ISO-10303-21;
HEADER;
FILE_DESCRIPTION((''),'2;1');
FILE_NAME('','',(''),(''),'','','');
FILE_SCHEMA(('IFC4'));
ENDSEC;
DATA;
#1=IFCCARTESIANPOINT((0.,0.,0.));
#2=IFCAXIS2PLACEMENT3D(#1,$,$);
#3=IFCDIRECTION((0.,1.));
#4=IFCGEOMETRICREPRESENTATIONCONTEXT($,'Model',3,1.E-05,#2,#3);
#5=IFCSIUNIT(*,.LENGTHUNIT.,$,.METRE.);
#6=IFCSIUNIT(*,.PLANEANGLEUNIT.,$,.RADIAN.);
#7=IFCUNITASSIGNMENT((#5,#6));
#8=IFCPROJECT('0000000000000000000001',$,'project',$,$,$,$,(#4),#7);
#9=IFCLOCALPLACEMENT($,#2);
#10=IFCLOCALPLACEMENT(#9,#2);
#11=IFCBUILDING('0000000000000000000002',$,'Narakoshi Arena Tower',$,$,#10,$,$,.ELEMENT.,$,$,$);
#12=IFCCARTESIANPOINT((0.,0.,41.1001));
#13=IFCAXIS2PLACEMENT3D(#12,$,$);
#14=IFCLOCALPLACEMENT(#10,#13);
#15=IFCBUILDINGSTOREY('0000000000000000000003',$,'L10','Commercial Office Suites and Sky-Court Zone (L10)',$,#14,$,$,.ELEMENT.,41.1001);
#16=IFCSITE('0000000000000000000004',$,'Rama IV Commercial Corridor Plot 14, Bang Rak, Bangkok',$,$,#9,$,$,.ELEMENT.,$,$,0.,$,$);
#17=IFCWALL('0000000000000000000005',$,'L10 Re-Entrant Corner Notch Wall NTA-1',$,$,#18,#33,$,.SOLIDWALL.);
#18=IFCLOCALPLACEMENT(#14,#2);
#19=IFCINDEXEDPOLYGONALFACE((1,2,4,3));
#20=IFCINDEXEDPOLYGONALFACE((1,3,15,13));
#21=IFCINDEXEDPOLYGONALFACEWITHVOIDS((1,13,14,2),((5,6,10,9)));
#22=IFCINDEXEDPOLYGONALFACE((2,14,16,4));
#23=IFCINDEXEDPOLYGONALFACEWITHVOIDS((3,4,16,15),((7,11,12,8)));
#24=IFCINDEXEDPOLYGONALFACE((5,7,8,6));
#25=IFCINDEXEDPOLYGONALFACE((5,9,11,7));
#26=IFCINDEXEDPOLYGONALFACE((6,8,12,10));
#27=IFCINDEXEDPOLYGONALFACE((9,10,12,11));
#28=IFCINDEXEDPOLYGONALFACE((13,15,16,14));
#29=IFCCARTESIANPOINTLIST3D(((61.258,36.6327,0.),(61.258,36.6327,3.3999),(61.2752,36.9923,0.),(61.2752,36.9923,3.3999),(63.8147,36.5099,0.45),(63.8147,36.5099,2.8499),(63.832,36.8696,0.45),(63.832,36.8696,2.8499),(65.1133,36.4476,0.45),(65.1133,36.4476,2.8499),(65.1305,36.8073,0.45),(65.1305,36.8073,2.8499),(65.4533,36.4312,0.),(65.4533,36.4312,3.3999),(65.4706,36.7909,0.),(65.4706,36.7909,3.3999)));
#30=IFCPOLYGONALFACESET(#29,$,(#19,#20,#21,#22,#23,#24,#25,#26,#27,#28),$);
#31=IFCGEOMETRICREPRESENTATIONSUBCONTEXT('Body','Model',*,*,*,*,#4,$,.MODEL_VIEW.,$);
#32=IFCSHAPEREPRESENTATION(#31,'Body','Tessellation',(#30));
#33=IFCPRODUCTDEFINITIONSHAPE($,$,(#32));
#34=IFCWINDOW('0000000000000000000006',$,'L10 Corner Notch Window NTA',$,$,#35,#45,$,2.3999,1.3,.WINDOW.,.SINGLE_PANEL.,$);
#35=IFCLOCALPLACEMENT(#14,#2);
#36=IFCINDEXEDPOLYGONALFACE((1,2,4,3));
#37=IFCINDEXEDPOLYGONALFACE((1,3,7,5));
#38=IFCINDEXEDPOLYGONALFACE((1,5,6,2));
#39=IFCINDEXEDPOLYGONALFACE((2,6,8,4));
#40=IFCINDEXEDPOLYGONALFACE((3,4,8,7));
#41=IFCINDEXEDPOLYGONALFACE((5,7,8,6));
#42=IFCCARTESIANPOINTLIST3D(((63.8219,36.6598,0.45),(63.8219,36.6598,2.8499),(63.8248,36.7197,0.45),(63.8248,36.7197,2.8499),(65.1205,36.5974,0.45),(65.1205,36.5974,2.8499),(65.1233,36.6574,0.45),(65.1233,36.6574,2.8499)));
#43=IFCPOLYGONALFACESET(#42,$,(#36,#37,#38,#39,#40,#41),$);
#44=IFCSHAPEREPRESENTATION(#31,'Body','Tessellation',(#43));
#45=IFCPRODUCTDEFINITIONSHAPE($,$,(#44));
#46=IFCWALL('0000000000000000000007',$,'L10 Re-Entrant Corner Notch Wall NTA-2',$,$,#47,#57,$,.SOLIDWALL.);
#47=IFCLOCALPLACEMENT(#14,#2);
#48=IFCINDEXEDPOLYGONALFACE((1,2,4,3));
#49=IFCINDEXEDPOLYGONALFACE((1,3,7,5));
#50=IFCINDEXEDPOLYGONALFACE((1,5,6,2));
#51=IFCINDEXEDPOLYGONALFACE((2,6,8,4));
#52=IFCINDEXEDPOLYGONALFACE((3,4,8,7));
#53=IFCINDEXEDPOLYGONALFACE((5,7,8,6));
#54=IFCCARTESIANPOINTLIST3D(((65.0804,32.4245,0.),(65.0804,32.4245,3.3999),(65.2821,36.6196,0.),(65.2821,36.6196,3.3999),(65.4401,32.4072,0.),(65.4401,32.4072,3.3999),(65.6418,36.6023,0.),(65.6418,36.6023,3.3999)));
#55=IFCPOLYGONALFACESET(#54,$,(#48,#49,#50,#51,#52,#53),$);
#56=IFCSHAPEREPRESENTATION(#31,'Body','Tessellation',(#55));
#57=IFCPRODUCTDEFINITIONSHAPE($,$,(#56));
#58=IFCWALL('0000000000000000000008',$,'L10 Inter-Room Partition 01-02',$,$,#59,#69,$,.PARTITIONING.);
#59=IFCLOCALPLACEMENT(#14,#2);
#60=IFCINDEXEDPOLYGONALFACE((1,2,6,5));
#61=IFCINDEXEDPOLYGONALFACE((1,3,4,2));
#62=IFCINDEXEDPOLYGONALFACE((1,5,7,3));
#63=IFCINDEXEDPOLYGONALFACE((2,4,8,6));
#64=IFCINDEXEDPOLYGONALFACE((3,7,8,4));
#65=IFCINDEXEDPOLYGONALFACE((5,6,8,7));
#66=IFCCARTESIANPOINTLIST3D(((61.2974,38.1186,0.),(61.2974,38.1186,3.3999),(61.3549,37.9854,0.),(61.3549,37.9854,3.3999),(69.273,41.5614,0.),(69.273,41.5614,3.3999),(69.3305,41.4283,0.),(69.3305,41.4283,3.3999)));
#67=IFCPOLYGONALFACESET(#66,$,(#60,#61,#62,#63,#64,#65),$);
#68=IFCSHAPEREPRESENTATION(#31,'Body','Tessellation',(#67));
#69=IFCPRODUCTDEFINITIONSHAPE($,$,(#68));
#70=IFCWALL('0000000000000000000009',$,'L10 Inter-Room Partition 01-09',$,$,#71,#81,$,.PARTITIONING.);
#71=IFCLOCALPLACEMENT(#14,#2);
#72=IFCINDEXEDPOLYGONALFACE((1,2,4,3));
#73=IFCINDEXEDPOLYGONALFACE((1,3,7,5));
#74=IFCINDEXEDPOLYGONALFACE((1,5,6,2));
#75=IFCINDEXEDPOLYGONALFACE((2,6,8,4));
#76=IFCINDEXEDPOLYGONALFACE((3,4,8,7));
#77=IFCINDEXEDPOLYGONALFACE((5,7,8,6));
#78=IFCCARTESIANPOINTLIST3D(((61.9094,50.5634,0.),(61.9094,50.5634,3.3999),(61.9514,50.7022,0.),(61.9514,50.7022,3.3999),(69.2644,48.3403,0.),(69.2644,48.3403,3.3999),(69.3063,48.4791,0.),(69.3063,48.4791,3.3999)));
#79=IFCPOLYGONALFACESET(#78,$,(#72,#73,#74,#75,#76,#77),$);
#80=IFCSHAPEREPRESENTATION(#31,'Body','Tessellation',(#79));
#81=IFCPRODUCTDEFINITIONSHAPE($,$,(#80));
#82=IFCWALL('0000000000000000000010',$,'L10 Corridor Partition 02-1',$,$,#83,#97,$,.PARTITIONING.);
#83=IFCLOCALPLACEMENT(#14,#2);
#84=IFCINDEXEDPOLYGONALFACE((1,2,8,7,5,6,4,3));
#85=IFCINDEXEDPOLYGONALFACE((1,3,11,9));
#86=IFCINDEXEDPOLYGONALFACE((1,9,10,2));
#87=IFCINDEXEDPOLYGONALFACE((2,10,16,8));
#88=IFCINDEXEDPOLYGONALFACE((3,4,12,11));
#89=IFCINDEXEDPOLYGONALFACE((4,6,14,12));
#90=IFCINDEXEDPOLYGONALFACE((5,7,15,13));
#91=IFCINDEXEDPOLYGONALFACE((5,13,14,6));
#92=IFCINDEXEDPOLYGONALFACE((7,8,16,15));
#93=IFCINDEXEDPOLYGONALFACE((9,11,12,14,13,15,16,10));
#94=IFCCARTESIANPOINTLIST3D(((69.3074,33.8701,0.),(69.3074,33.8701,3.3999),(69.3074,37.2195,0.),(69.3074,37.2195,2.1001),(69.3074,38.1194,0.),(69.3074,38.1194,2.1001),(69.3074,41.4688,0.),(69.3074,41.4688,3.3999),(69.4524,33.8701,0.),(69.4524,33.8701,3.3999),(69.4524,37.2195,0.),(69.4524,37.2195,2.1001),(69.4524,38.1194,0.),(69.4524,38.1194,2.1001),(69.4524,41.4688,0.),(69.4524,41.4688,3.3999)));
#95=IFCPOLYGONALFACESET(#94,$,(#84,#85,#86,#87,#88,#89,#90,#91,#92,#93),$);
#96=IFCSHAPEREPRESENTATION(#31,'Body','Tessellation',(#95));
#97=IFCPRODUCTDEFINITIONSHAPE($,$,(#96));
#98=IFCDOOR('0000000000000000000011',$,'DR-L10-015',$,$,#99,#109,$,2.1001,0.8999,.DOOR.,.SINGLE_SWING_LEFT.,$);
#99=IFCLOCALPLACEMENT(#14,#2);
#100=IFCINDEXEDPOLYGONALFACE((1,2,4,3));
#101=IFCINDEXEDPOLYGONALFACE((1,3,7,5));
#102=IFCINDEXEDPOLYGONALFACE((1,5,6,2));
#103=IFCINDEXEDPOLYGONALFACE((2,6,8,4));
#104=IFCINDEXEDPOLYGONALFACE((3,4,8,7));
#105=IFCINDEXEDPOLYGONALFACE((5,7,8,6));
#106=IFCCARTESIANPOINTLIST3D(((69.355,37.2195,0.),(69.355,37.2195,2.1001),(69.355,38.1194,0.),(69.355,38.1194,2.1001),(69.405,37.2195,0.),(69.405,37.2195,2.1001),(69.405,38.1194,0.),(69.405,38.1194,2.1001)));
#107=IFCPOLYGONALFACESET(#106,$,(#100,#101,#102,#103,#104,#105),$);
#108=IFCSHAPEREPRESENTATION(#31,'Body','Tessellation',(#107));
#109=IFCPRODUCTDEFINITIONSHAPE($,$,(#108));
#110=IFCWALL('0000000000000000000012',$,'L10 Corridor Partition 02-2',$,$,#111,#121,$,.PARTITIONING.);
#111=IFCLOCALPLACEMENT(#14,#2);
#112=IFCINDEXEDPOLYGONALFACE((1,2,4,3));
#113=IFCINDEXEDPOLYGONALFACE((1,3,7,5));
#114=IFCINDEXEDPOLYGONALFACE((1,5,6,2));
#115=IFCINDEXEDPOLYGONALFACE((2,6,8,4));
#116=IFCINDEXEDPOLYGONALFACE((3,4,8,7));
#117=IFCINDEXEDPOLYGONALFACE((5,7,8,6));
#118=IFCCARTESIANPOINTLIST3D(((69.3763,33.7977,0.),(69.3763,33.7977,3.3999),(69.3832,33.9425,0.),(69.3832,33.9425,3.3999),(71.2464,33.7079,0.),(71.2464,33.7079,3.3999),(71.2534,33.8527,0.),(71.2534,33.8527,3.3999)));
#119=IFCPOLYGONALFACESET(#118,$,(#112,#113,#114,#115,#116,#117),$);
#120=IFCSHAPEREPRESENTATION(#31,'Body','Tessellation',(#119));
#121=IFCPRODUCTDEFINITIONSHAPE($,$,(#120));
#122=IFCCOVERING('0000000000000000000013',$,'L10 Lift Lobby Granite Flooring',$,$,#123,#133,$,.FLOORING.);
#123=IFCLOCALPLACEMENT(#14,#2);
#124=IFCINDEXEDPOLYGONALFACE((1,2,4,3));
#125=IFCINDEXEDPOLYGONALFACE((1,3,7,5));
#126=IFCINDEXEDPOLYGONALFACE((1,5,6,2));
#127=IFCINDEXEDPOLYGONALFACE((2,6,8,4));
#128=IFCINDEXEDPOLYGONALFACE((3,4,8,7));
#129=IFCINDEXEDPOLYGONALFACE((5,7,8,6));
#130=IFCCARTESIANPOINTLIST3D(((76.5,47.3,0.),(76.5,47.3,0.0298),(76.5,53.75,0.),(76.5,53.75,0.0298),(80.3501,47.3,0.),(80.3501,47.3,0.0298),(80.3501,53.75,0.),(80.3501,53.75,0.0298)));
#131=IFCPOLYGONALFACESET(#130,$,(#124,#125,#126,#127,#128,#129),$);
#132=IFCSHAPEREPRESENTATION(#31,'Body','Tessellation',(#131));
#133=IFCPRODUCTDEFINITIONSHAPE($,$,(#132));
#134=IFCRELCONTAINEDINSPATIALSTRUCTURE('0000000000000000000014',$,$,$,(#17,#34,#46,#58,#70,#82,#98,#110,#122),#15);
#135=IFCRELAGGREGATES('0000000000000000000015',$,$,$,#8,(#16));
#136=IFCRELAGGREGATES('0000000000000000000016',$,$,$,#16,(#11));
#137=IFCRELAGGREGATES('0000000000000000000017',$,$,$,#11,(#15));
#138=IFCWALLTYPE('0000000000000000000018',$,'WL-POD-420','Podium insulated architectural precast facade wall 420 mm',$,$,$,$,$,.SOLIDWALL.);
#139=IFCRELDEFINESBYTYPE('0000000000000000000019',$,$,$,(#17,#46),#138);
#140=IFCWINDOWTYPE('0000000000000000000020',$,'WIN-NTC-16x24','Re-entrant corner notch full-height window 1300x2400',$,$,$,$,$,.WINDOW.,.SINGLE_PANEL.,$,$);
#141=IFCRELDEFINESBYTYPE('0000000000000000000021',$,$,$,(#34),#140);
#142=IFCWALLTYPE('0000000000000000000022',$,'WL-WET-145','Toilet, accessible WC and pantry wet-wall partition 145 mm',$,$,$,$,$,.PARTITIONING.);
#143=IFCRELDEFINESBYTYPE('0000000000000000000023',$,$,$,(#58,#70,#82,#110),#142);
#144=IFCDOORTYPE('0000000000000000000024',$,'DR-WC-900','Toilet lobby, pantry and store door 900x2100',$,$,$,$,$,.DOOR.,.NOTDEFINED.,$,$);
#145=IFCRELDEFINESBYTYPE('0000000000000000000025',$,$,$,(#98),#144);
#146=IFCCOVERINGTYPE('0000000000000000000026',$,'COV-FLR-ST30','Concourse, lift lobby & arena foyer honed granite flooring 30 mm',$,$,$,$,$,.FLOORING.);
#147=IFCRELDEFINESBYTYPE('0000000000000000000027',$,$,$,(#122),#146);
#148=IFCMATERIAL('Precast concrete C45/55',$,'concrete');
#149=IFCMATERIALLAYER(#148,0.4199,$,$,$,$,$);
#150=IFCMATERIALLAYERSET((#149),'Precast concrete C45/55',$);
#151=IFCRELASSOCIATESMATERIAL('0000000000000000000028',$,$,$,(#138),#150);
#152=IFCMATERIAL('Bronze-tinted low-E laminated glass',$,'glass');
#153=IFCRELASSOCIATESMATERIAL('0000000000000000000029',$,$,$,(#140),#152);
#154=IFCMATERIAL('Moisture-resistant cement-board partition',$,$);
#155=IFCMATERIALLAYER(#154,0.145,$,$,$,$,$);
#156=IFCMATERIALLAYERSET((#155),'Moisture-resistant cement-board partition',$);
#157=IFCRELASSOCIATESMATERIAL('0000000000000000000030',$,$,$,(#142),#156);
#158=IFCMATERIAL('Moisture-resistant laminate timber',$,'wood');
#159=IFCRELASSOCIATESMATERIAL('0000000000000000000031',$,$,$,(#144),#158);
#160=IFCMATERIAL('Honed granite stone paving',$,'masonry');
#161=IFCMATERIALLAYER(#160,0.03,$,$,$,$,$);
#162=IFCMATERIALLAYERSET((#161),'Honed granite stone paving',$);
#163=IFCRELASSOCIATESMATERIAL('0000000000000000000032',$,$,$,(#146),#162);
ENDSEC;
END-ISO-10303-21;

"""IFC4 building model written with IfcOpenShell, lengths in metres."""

from ifc_helpers import new_model, si_unit, direction, frame, frame_2d, origin, place, context, subcontext, project, spatial, polyline, rectangle, outline, extrude, material, layer, layer_set, type_object, element, fill, save


model = new_model("IFC4")

# Units and contexts
model_context = context("Model", 3, precision=1e-05, world=origin(), true_north=direction((0.0, 1.0)))
body_context = subcontext(model_context, "Body", "Model", "MODEL_VIEW")
ifc_project = project(units=[si_unit("LENGTHUNIT", "METRE"), si_unit("PLANEANGLEUNIT", "RADIAN")], contexts=[model_context])

# Site, building, storey
site_placement = place(None, origin())
site = spatial("IfcSite", under=ifc_project, at=site_placement, Name="Rama IV Commercial Corridor Plot 14, Bang Rak, Bangkok", CompositionType="ELEMENT", RefElevation=0.0)
building_placement = place(site_placement, origin())
building = spatial("IfcBuilding", under=site, at=building_placement, Name="Narakoshi Arena Tower", CompositionType="ELEMENT")
storey_placement = place(building_placement, frame((0.0, 0.0, 41.1001)))
storey = spatial("IfcBuildingStorey", under=building, at=storey_placement, Name="L10", Description="Commercial Office Suites and Sky-Court Zone (L10)", CompositionType="ELEMENT", Elevation=41.1001)

# Wall, opening, window
ifc_material_1 = material(Name="Precast concrete C45/55", Category="concrete")
ifc_layer_1 = layer(ifc_material_1, 0.4199)
ifc_layer_set_1 = layer_set([ifc_layer_1], Name="Precast concrete C45/55")
wall_type_1 = type_object("IfcWallType", Name="WL-POD-420", Description="Podium insulated architectural precast facade wall 420 mm", PredefinedType="SOLIDWALL", material=ifc_layer_set_1)
ifc_material_2 = material(Name="Bronze-tinted low-E laminated glass", Category="glass")
wall_1_placement = place(storey_placement, frame((61.2666, 36.8125, 0.0), z_axis=(0.0, 0.0, 1.0), x_axis=(0.99885, -0.047955, 0.0)))
wall_1 = element("IfcWall", 1, at=wall_1_placement, inside=storey, type_object=wall_type_1, Name="L10 Re-Entrant Corner Notch Wall NTA-1", PredefinedType="SOLIDWALL", context=body_context, shape_type="SweptSolid", body=[
    extrude(rectangle(XDim=4.2002, YDim=0.3601, at=frame_2d((2.1001, 0.0))), origin(), (0.0, 0.0, 1.0), 3.3999),
])
opening_1_placement = place(wall_1_placement, frame((2.5598, 0.0, 0.45)))
opening_1 = element("IfcOpeningElement", 2, at=opening_1_placement, cuts=wall_1, PredefinedType="OPENING", context=body_context, shape_type="SweptSolid", body=[
    extrude(rectangle(XDim=1.3, YDim=2.3999, at=frame_2d((0.6499, 1.2))), frame((0.0, 0.1899, 0.0), z_axis=(0.0, -1.0, 0.0), x_axis=(1.0, 0.0, 0.0)), (0.0, 0.0, 1.0), 0.3801),
])
window_type_1 = type_object("IfcWindowType", Name="WIN-NTC-16x24", Description="Re-entrant corner notch full-height window 1300x2400", PartitioningType="SINGLE_PANEL", PredefinedType="WINDOW", material=ifc_material_2)
window_1_placement = place(opening_1_placement, origin())
window_1 = element("IfcWindow", 3, at=window_1_placement, inside=storey, type_object=window_type_1, Name="L10 Corner Notch Window NTA", OverallHeight=2.3999, OverallWidth=1.3, PartitioningType="SINGLE_PANEL", PredefinedType="WINDOW", context=body_context, shape_type="SweptSolid", body=[
    extrude(rectangle(XDim=1.3, YDim=2.3999, at=frame_2d((0.6499, 1.2))), frame((0.0, 0.03, 0.0), z_axis=(0.0, -1.0, 0.0), x_axis=(1.0, 0.0, 0.0)), (0.0, 0.0, 1.0), 0.0601),
])
fill(opening_1, window_1)

# Walls
wall_2_placement = place(storey_placement, frame((65.4619, 36.6111, 0.0), z_axis=(0.0, 0.0, 1.0), x_axis=(-0.048015, -0.998847, 0.0)))
element("IfcWall", 4, at=wall_2_placement, inside=storey, type_object=wall_type_1, Name="L10 Re-Entrant Corner Notch Wall NTA-2", PredefinedType="SOLIDWALL", context=body_context, shape_type="SweptSolid", body=[
    extrude(rectangle(XDim=4.2, YDim=0.3601, at=frame_2d((2.1001, 0.0))), origin(), (0.0, 0.0, 1.0), 3.3999),
])
ifc_material_3 = material(Name="Moisture-resistant cement-board partition")
ifc_layer_2 = layer(ifc_material_3, 0.145)
ifc_layer_set_2 = layer_set([ifc_layer_2], Name="Moisture-resistant cement-board partition")
wall_type_2 = type_object("IfcWallType", Name="WL-WET-145", Description="Toilet, accessible WC and pantry wet-wall partition 145 mm", PredefinedType="PARTITIONING", material=ifc_layer_set_2)
wall_3_placement = place(storey_placement, frame((69.3018, 41.4949, 0.0), z_axis=(0.0, 0.0, 1.0), x_axis=(-0.91811, -0.396326, 0.0)))
element("IfcWall", 5, at=wall_3_placement, inside=storey, type_object=wall_type_2, Name="L10 Inter-Room Partition 01-02", PredefinedType="PARTITIONING", context=body_context, shape_type="SweptSolid", body=[
    extrude(rectangle(XDim=8.687, YDim=0.145, at=frame_2d((4.3435, 0.0))), origin(), (0.0, 0.0, 1.0), 3.3999),
])
wall_4_placement = place(storey_placement, frame((61.9304, 50.6328, 0.0), z_axis=(0.0, 0.0, 1.0), x_axis=(0.957228, -0.289335, 0.0)))
element("IfcWall", 6, at=wall_4_placement, inside=storey, type_object=wall_type_2, Name="L10 Inter-Room Partition 01-09", PredefinedType="PARTITIONING", context=body_context, shape_type="SweptSolid", body=[
    extrude(rectangle(XDim=7.6836, YDim=0.145, at=frame_2d((3.8418, 0.0))), origin(), (0.0, 0.0, 1.0), 3.3999),
])

# Wall, opening, door
wall_5_placement = place(storey_placement, frame((69.3799, 41.4688, 0.0), z_axis=(0.0, 0.0, 1.0), x_axis=(0.0, -1.0, 0.0)))
wall_5 = element("IfcWall", 7, at=wall_5_placement, inside=storey, type_object=wall_type_2, Name="L10 Corridor Partition 02-1", PredefinedType="PARTITIONING", context=body_context, shape_type="SweptSolid", body=[
    extrude(rectangle(XDim=7.5986, YDim=0.145, at=frame_2d((3.7993, 0.0))), origin(), (0.0, 0.0, 1.0), 3.3999),
])
opening_2_placement = place(wall_5_placement, frame((3.3494, 0.0, 0.0)))
opening_2 = element("IfcOpeningElement", 8, at=opening_2_placement, cuts=wall_5, PredefinedType="OPENING", context=body_context, shape_type="SweptSolid", body=[
    extrude(rectangle(XDim=0.8999, YDim=2.1001, at=frame_2d((0.45, 1.05))), frame((0.0, 0.0825, 0.0), z_axis=(0.0, -1.0, 0.0), x_axis=(1.0, 0.0, 0.0)), (0.0, 0.0, 1.0), 0.165),
])
ifc_material_4 = material(Name="Moisture-resistant laminate timber", Category="wood")
door_type = type_object("IfcDoorType", Name="DR-WC-900", Description="Toilet lobby, pantry and store door 900x2100", OperationType="NOTDEFINED", PredefinedType="DOOR", material=ifc_material_4)
door_placement = place(opening_2_placement, frame((0.8999, 0.0, 0.0), z_axis=(0.0, 0.0, 1.0), x_axis=(-1.0, 0.0, 0.0)))
door = element("IfcDoor", 9, at=door_placement, inside=storey, type_object=door_type, Name="DR-L10-015", OperationType="SINGLE_SWING_LEFT", OverallHeight=2.1001, OverallWidth=0.8999, PredefinedType="DOOR", context=body_context, shape_type="SweptSolid", body=[
    extrude(rectangle(XDim=0.8999, YDim=2.1001, at=frame_2d((0.45, 1.05))), frame((0.0, 0.0249, 0.0), z_axis=(0.0, -1.0, 0.0), x_axis=(1.0, 0.0, 0.0)), (0.0, 0.0, 1.0), 0.05),
])
fill(opening_2, door)

# Wall
wall_6_placement = place(storey_placement, frame((69.3799, 33.8701, 0.0), z_axis=(0.0, 0.0, 1.0), x_axis=(0.998848, -0.047986, 0.0)))
element("IfcWall", 10, at=wall_6_placement, inside=storey, type_object=wall_type_2, Name="L10 Corridor Partition 02-2", PredefinedType="PARTITIONING", context=body_context, shape_type="SweptSolid", body=[
    extrude(rectangle(XDim=1.8723, YDim=0.145, at=frame_2d((0.936, 0.0))), origin(), (0.0, 0.0, 1.0), 3.3999),
])

# Covering
ifc_material_5 = material(Name="Honed granite stone paving", Category="masonry")
ifc_layer_3 = layer(ifc_material_5, 0.03)
ifc_layer_set_3 = layer_set([ifc_layer_3], Name="Honed granite stone paving")
covering_type_1 = type_object("IfcCoveringType", Name="COV-FLR-ST30", Description="Concourse, lift lobby & arena foyer honed granite flooring 30 mm", PredefinedType="FLOORING", material=ifc_layer_set_3)
covering_1_placement = place(storey_placement, origin())
element("IfcCovering", 11, at=covering_1_placement, inside=storey, type_object=covering_type_1, Name="L10 Lift Lobby Granite Flooring", PredefinedType="FLOORING", context=body_context, shape_type="SweptSolid", body=[
    extrude(outline(polyline([(76.5, 47.3), (80.3501, 47.3), (80.3501, 53.75), (76.5, 53.75), (76.5, 47.3)])), origin(), (0.0, 0.0, 1.0), 0.0298),
])

save(model, "model.ifc")
